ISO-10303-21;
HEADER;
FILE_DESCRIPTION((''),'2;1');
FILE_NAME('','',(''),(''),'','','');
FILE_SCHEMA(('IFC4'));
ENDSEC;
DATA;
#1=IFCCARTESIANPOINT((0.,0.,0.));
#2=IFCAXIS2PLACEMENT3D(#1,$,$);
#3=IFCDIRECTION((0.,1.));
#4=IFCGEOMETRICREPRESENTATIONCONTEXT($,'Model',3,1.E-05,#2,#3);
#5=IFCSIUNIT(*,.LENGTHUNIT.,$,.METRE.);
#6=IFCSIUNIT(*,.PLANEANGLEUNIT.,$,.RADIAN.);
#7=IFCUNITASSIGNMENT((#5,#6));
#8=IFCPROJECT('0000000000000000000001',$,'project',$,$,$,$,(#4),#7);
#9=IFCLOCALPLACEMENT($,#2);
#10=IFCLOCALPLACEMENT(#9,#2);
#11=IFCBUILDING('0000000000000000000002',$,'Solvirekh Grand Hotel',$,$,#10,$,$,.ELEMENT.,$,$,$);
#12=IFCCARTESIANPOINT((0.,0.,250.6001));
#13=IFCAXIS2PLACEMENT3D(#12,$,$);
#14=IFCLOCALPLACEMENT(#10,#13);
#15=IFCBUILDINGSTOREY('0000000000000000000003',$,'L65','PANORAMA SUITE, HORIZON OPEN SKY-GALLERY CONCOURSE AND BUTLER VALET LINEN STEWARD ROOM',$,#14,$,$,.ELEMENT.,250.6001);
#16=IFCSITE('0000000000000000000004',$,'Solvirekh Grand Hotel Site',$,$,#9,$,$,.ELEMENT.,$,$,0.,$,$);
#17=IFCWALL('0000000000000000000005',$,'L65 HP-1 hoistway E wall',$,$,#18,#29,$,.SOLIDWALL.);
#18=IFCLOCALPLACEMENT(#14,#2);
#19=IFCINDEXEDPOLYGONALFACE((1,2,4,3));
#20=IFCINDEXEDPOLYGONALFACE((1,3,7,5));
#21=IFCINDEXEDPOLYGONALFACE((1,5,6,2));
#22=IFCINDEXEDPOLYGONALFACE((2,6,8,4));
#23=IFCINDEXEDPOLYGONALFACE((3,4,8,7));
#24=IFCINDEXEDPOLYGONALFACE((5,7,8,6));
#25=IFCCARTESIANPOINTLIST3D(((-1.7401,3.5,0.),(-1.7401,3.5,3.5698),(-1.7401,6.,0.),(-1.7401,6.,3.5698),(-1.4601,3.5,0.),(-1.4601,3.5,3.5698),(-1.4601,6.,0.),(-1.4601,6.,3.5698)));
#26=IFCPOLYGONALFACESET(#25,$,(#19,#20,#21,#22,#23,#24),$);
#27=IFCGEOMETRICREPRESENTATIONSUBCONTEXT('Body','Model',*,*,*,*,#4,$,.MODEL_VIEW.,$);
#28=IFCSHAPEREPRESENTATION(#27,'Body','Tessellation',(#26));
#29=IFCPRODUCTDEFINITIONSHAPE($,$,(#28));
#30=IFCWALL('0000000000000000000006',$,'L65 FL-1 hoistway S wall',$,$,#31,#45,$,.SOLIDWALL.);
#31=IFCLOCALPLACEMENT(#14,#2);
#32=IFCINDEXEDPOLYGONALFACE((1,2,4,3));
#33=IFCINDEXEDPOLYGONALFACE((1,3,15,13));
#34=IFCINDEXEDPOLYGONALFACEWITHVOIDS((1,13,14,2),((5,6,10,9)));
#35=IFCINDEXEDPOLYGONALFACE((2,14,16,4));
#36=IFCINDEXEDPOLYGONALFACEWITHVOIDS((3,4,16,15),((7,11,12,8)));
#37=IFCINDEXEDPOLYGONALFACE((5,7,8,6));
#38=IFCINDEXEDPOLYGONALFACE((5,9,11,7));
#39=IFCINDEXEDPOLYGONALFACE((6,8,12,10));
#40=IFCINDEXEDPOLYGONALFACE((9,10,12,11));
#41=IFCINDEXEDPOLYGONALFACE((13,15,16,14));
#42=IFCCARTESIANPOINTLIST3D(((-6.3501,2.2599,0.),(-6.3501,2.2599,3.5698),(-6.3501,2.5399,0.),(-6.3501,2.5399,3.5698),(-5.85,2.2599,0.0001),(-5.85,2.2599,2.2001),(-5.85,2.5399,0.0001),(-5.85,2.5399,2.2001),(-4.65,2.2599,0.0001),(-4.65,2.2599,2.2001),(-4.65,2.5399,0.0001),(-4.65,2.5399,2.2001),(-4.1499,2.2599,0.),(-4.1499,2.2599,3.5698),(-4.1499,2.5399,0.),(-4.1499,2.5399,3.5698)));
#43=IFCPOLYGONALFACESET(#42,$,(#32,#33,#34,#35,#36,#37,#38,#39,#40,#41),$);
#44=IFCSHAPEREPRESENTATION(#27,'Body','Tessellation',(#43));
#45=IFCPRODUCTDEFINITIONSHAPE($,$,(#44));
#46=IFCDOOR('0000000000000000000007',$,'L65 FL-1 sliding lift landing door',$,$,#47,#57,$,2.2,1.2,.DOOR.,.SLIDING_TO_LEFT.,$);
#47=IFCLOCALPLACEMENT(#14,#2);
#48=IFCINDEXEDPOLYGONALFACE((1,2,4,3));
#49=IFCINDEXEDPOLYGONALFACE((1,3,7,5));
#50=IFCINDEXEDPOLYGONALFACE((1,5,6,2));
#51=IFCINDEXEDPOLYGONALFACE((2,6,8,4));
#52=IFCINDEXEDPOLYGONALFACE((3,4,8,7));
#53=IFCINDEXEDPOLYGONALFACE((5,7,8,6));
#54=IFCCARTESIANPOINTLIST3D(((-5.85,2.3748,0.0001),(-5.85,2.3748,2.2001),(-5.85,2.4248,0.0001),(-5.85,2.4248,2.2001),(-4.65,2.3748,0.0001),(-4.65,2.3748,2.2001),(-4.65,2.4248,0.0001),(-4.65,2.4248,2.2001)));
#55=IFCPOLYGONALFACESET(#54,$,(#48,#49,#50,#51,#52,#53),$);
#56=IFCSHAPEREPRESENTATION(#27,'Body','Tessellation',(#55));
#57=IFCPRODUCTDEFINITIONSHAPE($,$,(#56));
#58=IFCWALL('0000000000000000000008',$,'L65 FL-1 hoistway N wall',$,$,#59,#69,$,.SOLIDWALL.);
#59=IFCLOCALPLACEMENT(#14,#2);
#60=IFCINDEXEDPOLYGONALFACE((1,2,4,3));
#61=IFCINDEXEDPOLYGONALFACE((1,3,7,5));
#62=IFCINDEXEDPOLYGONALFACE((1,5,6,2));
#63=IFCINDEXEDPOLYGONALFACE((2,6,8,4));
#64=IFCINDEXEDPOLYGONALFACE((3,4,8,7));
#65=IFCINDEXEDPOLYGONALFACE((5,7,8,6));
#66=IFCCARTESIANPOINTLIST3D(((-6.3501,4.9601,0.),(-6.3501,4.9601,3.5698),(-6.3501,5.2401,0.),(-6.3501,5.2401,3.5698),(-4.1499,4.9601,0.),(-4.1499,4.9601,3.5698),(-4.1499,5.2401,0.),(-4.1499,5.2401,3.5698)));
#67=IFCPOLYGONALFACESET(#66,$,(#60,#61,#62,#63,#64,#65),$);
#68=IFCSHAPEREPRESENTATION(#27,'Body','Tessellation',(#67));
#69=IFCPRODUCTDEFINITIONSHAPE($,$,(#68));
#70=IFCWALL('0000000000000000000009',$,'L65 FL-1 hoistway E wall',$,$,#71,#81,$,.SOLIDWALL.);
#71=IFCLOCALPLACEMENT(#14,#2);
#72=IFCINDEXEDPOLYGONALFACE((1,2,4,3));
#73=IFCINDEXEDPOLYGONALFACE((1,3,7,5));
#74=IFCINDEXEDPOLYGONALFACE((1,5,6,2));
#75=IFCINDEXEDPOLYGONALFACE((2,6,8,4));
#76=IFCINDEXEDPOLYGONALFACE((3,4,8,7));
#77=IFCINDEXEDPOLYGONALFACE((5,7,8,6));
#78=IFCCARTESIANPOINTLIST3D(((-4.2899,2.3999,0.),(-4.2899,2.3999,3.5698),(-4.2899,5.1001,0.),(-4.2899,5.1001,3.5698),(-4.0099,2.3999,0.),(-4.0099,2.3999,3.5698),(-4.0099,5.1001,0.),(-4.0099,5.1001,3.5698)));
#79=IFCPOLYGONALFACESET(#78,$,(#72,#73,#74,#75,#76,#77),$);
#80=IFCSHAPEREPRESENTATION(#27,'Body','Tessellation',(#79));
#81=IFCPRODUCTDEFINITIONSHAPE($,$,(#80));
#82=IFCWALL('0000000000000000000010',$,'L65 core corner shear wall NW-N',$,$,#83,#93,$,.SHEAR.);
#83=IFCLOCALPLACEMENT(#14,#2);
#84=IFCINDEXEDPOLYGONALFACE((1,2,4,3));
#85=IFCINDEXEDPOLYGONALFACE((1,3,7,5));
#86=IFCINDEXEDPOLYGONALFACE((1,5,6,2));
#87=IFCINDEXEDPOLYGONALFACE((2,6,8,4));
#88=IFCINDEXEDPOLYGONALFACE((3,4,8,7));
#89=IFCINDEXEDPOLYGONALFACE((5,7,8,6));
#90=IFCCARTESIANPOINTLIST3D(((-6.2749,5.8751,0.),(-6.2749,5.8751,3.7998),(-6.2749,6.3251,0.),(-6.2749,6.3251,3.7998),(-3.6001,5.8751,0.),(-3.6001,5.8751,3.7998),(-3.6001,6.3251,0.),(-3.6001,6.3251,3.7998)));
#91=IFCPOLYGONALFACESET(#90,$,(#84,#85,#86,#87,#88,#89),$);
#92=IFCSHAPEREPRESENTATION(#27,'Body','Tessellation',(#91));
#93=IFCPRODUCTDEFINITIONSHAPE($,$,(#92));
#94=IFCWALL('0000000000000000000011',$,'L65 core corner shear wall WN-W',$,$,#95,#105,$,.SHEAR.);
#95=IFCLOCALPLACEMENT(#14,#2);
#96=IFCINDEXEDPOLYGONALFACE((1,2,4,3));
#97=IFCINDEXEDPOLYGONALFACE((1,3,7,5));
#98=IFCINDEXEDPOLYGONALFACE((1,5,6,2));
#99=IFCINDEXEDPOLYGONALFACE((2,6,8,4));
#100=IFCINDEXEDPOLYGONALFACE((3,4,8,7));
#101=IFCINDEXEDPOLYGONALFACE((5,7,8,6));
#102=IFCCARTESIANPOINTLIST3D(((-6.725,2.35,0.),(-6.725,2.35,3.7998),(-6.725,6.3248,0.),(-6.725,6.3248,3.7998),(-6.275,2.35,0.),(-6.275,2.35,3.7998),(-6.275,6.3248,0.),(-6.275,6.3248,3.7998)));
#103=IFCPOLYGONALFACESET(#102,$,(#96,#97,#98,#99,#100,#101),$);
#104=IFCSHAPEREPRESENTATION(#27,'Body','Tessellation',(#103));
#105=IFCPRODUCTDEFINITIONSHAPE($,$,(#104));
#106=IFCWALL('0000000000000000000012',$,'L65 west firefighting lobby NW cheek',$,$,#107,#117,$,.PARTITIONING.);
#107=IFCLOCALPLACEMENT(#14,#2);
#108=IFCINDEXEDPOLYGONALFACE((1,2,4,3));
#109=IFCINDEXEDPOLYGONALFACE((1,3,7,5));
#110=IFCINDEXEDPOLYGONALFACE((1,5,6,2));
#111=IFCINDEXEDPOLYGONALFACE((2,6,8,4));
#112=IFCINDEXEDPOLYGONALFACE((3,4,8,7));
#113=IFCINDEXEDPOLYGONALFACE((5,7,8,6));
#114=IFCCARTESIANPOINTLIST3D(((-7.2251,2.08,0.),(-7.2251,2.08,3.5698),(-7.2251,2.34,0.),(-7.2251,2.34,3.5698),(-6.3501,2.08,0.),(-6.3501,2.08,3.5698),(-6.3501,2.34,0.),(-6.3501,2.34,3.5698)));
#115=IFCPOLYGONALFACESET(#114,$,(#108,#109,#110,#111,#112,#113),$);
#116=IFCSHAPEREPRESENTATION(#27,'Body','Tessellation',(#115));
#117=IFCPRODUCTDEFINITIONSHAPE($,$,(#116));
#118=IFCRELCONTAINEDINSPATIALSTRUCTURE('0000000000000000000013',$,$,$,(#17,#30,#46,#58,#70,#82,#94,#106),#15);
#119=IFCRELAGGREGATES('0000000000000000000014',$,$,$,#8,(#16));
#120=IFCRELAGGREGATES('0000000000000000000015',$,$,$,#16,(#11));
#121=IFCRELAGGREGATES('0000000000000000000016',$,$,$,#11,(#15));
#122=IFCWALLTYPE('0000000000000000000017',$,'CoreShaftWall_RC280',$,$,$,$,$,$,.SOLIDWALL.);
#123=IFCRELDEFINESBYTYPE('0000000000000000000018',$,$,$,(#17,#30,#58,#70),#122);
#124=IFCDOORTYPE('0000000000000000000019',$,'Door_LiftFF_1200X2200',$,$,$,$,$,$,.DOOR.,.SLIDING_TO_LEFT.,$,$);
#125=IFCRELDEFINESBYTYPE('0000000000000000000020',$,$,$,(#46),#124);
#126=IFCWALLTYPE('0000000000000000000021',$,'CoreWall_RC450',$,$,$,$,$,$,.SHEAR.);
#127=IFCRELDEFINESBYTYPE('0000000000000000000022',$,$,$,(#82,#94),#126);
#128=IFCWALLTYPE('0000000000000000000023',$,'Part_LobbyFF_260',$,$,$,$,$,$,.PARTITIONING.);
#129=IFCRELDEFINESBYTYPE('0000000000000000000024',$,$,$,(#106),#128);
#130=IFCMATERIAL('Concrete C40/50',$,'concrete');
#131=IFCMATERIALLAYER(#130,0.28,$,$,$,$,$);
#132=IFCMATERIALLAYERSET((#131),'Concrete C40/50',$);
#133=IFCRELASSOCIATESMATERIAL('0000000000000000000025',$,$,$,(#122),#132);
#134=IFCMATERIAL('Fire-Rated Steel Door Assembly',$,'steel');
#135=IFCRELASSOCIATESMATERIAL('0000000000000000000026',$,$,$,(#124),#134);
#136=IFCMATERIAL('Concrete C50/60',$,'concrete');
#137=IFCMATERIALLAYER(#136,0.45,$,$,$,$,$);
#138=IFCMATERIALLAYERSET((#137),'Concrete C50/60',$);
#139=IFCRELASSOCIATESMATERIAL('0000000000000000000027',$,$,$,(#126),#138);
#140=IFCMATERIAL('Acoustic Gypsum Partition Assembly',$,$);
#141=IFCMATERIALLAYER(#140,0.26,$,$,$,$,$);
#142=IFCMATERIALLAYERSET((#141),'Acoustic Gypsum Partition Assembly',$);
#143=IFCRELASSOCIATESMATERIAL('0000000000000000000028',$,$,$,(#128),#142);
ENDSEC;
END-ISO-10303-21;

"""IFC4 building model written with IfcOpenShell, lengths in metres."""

from ifc_helpers import new_model, si_unit, direction, frame, frame_2d, origin, place, context, subcontext, project, spatial, rectangle, extrude, material, layer, layer_set, type_object, element, fill, save


model = new_model("IFC4")

# Units and contexts
model_context = context("Model", 3, precision=1e-05, world=origin(), true_north=direction((0.0, 1.0)))
body_context = subcontext(model_context, "Body", "Model", "MODEL_VIEW")
ifc_project = project(units=[si_unit("LENGTHUNIT", "METRE"), si_unit("PLANEANGLEUNIT", "RADIAN")], contexts=[model_context])

# Site, building, storey
site_placement = place(None, origin())
site = spatial("IfcSite", under=ifc_project, at=site_placement, Name="Solvirekh Grand Hotel Site", CompositionType="ELEMENT", RefElevation=0.0)
building_placement = place(site_placement, origin())
building = spatial("IfcBuilding", under=site, at=building_placement, Name="Solvirekh Grand Hotel", CompositionType="ELEMENT")
storey_placement = place(building_placement, frame((0.0, 0.0, 250.6001)))
storey = spatial("IfcBuildingStorey", under=building, at=storey_placement, Name="L65", Description="PANORAMA SUITE, HORIZON OPEN SKY-GALLERY CONCOURSE AND BUTLER VALET LINEN STEWARD ROOM", CompositionType="ELEMENT", Elevation=250.6001)

# Shared definitions
ifc_material_1 = material(Name="Concrete C50/60", Category="concrete")

# Shared definitions
ifc_material_2 = material(Name="Concrete C40/50", Category="concrete")
ifc_layer_1 = layer(ifc_material_2, 0.28)
ifc_layer_set_1 = layer_set([ifc_layer_1], Name="Concrete C40/50")
wall_type_1 = type_object("IfcWallType", Name="CoreShaftWall_RC280", PredefinedType="SOLIDWALL", material=ifc_layer_set_1)
ifc_material_3 = material(Name="Fire-Rated Steel Door Assembly", Category="steel")

# Wall
for number, where, z_axis, x_axis, name in (
    (1, (-1.6001, 3.5, 0.0), (0.0, 0.0, 1.0), (0.0, 1.0, 0.0), "L65 HP-1 hoistway E wall"),
):
    element("IfcWall", number, at=place(storey_placement, frame(where, z_axis=z_axis, x_axis=x_axis)), inside=storey, type_object=wall_type_1, Name=name, PredefinedType="SOLIDWALL", context=body_context, shape_type="SweptSolid", body=[
        extrude(rectangle(XDim=2.5, YDim=0.28, at=frame_2d((1.25, 0.0))), origin(), (0.0, 0.0, 1.0), 3.5698),
    ])

# Wall, opening, door
wall_1_placement = place(storey_placement, frame((-6.3501, 2.3999, 0.0), z_axis=(0.0, 0.0, 1.0), x_axis=(1.0, 0.0, 0.0)))
wall_1 = element("IfcWall", 2, at=wall_1_placement, inside=storey, type_object=wall_type_1, Name="L65 FL-1 hoistway S wall", PredefinedType="SOLIDWALL", context=body_context, shape_type="SweptSolid", body=[
    extrude(rectangle(XDim=2.2002, YDim=0.28, at=frame_2d((1.1001, 0.0))), origin(), (0.0, 0.0, 1.0), 3.5698),
])
opening_1_placement = place(wall_1_placement, frame((0.5, 0.0, 0.0)))
opening_1 = element("IfcOpeningElement", 3, at=opening_1_placement, cuts=wall_1, PredefinedType="OPENING", context=body_context, shape_type="SweptSolid", body=[
    extrude(rectangle(XDim=1.2, YDim=2.2, at=frame_2d((0.6001, 1.1001))), frame((0.0, 0.1499, 0.0), z_axis=(0.0, -1.0, 0.0), x_axis=(1.0, 0.0, 0.0)), (0.0, 0.0, 1.0), 0.3),
])
door_type_1 = type_object("IfcDoorType", Name="Door_LiftFF_1200X2200", OperationType="SLIDING_TO_LEFT", PredefinedType="DOOR", material=ifc_material_3)
door_1_placement = place(opening_1_placement, origin())
door_1 = element("IfcDoor", 4, at=door_1_placement, inside=storey, type_object=door_type_1, Name="L65 FL-1 sliding lift landing door", OperationType="SLIDING_TO_LEFT", OverallHeight=2.2, OverallWidth=1.2, PredefinedType="DOOR", context=body_context, shape_type="SweptSolid", body=[
    extrude(rectangle(XDim=1.2, YDim=2.2, at=frame_2d((0.6001, 1.1001))), frame((0.0, 0.0249, 0.0), z_axis=(0.0, -1.0, 0.0), x_axis=(1.0, 0.0, 0.0)), (0.0, 0.0, 1.0), 0.05),
])
fill(opening_1, door_1)

# Walls
wall_2_placement = place(storey_placement, frame((-4.1499, 5.1001, 0.0), z_axis=(0.0, 0.0, 1.0), x_axis=(-1.0, 0.0, 0.0)))
element("IfcWall", 5, at=wall_2_placement, inside=storey, type_object=wall_type_1, Name="L65 FL-1 hoistway N wall", PredefinedType="SOLIDWALL", context=body_context, shape_type="SweptSolid", body=[
    extrude(rectangle(XDim=2.2002, YDim=0.28, at=frame_2d((1.1001, 0.0))), origin(), (0.0, 0.0, 1.0), 3.5698),
])
wall_3_placement = place(storey_placement, frame((-4.1499, 2.3999, 0.0), z_axis=(0.0, 0.0, 1.0), x_axis=(0.0, 1.0, 0.0)))
element("IfcWall", 6, at=wall_3_placement, inside=storey, type_object=wall_type_1, Name="L65 FL-1 hoistway E wall", PredefinedType="SOLIDWALL", context=body_context, shape_type="SweptSolid", body=[
    extrude(rectangle(XDim=2.7002, YDim=0.28, at=frame_2d((1.3501, 0.0))), origin(), (0.0, 0.0, 1.0), 3.5698),
])
ifc_layer_2 = layer(ifc_material_1, 0.45)
ifc_layer_set_2 = layer_set([ifc_layer_2], Name="Concrete C50/60")
wall_type_2 = type_object("IfcWallType", Name="CoreWall_RC450", PredefinedType="SHEAR", material=ifc_layer_set_2)
wall_4_placement = place(storey_placement, frame((-6.2749, 6.1001, 0.0), z_axis=(0.0, 0.0, 1.0), x_axis=(1.0, 0.0, 0.0)))
element("IfcWall", 7, at=wall_4_placement, inside=storey, type_object=wall_type_2, Name="L65 core corner shear wall NW-N", PredefinedType="SHEAR", context=body_context, shape_type="SweptSolid", body=[
    extrude(rectangle(XDim=2.6748, YDim=0.45, at=frame_2d((1.3374, 0.0))), origin(), (0.0, 0.0, 1.0), 3.7998),
])
wall_5_placement = place(storey_placement, frame((-6.5, 2.3501, 0.0), z_axis=(0.0, 0.0, 1.0), x_axis=(0.0, 1.0, 0.0)))
element("IfcWall", 8, at=wall_5_placement, inside=storey, type_object=wall_type_2, Name="L65 core corner shear wall WN-W", PredefinedType="SHEAR", context=body_context, shape_type="SweptSolid", body=[
    extrude(rectangle(XDim=3.9749, YDim=0.45, at=frame_2d((1.9873, 0.0))), origin(), (0.0, 0.0, 1.0), 3.7998),
])
ifc_material_4 = material(Name="Acoustic Gypsum Partition Assembly")
ifc_layer_3 = layer(ifc_material_4, 0.26)
ifc_layer_set_3 = layer_set([ifc_layer_3], Name="Acoustic Gypsum Partition Assembly")
wall_type_3 = type_object("IfcWallType", Name="Part_LobbyFF_260", PredefinedType="PARTITIONING", material=ifc_layer_set_3)
wall_6_placement = place(storey_placement, frame((-7.2251, 2.21, 0.0), z_axis=(0.0, 0.0, 1.0), x_axis=(1.0, 0.0, 0.0)))
element("IfcWall", 9, at=wall_6_placement, inside=storey, type_object=wall_type_3, Name="L65 west firefighting lobby NW cheek", PredefinedType="PARTITIONING", context=body_context, shape_type="SweptSolid", body=[
    extrude(rectangle(XDim=0.875, YDim=0.26, at=frame_2d((0.4375, 0.0))), origin(), (0.0, 0.0, 1.0), 3.5698),
])

save(model, "model.ifc")
